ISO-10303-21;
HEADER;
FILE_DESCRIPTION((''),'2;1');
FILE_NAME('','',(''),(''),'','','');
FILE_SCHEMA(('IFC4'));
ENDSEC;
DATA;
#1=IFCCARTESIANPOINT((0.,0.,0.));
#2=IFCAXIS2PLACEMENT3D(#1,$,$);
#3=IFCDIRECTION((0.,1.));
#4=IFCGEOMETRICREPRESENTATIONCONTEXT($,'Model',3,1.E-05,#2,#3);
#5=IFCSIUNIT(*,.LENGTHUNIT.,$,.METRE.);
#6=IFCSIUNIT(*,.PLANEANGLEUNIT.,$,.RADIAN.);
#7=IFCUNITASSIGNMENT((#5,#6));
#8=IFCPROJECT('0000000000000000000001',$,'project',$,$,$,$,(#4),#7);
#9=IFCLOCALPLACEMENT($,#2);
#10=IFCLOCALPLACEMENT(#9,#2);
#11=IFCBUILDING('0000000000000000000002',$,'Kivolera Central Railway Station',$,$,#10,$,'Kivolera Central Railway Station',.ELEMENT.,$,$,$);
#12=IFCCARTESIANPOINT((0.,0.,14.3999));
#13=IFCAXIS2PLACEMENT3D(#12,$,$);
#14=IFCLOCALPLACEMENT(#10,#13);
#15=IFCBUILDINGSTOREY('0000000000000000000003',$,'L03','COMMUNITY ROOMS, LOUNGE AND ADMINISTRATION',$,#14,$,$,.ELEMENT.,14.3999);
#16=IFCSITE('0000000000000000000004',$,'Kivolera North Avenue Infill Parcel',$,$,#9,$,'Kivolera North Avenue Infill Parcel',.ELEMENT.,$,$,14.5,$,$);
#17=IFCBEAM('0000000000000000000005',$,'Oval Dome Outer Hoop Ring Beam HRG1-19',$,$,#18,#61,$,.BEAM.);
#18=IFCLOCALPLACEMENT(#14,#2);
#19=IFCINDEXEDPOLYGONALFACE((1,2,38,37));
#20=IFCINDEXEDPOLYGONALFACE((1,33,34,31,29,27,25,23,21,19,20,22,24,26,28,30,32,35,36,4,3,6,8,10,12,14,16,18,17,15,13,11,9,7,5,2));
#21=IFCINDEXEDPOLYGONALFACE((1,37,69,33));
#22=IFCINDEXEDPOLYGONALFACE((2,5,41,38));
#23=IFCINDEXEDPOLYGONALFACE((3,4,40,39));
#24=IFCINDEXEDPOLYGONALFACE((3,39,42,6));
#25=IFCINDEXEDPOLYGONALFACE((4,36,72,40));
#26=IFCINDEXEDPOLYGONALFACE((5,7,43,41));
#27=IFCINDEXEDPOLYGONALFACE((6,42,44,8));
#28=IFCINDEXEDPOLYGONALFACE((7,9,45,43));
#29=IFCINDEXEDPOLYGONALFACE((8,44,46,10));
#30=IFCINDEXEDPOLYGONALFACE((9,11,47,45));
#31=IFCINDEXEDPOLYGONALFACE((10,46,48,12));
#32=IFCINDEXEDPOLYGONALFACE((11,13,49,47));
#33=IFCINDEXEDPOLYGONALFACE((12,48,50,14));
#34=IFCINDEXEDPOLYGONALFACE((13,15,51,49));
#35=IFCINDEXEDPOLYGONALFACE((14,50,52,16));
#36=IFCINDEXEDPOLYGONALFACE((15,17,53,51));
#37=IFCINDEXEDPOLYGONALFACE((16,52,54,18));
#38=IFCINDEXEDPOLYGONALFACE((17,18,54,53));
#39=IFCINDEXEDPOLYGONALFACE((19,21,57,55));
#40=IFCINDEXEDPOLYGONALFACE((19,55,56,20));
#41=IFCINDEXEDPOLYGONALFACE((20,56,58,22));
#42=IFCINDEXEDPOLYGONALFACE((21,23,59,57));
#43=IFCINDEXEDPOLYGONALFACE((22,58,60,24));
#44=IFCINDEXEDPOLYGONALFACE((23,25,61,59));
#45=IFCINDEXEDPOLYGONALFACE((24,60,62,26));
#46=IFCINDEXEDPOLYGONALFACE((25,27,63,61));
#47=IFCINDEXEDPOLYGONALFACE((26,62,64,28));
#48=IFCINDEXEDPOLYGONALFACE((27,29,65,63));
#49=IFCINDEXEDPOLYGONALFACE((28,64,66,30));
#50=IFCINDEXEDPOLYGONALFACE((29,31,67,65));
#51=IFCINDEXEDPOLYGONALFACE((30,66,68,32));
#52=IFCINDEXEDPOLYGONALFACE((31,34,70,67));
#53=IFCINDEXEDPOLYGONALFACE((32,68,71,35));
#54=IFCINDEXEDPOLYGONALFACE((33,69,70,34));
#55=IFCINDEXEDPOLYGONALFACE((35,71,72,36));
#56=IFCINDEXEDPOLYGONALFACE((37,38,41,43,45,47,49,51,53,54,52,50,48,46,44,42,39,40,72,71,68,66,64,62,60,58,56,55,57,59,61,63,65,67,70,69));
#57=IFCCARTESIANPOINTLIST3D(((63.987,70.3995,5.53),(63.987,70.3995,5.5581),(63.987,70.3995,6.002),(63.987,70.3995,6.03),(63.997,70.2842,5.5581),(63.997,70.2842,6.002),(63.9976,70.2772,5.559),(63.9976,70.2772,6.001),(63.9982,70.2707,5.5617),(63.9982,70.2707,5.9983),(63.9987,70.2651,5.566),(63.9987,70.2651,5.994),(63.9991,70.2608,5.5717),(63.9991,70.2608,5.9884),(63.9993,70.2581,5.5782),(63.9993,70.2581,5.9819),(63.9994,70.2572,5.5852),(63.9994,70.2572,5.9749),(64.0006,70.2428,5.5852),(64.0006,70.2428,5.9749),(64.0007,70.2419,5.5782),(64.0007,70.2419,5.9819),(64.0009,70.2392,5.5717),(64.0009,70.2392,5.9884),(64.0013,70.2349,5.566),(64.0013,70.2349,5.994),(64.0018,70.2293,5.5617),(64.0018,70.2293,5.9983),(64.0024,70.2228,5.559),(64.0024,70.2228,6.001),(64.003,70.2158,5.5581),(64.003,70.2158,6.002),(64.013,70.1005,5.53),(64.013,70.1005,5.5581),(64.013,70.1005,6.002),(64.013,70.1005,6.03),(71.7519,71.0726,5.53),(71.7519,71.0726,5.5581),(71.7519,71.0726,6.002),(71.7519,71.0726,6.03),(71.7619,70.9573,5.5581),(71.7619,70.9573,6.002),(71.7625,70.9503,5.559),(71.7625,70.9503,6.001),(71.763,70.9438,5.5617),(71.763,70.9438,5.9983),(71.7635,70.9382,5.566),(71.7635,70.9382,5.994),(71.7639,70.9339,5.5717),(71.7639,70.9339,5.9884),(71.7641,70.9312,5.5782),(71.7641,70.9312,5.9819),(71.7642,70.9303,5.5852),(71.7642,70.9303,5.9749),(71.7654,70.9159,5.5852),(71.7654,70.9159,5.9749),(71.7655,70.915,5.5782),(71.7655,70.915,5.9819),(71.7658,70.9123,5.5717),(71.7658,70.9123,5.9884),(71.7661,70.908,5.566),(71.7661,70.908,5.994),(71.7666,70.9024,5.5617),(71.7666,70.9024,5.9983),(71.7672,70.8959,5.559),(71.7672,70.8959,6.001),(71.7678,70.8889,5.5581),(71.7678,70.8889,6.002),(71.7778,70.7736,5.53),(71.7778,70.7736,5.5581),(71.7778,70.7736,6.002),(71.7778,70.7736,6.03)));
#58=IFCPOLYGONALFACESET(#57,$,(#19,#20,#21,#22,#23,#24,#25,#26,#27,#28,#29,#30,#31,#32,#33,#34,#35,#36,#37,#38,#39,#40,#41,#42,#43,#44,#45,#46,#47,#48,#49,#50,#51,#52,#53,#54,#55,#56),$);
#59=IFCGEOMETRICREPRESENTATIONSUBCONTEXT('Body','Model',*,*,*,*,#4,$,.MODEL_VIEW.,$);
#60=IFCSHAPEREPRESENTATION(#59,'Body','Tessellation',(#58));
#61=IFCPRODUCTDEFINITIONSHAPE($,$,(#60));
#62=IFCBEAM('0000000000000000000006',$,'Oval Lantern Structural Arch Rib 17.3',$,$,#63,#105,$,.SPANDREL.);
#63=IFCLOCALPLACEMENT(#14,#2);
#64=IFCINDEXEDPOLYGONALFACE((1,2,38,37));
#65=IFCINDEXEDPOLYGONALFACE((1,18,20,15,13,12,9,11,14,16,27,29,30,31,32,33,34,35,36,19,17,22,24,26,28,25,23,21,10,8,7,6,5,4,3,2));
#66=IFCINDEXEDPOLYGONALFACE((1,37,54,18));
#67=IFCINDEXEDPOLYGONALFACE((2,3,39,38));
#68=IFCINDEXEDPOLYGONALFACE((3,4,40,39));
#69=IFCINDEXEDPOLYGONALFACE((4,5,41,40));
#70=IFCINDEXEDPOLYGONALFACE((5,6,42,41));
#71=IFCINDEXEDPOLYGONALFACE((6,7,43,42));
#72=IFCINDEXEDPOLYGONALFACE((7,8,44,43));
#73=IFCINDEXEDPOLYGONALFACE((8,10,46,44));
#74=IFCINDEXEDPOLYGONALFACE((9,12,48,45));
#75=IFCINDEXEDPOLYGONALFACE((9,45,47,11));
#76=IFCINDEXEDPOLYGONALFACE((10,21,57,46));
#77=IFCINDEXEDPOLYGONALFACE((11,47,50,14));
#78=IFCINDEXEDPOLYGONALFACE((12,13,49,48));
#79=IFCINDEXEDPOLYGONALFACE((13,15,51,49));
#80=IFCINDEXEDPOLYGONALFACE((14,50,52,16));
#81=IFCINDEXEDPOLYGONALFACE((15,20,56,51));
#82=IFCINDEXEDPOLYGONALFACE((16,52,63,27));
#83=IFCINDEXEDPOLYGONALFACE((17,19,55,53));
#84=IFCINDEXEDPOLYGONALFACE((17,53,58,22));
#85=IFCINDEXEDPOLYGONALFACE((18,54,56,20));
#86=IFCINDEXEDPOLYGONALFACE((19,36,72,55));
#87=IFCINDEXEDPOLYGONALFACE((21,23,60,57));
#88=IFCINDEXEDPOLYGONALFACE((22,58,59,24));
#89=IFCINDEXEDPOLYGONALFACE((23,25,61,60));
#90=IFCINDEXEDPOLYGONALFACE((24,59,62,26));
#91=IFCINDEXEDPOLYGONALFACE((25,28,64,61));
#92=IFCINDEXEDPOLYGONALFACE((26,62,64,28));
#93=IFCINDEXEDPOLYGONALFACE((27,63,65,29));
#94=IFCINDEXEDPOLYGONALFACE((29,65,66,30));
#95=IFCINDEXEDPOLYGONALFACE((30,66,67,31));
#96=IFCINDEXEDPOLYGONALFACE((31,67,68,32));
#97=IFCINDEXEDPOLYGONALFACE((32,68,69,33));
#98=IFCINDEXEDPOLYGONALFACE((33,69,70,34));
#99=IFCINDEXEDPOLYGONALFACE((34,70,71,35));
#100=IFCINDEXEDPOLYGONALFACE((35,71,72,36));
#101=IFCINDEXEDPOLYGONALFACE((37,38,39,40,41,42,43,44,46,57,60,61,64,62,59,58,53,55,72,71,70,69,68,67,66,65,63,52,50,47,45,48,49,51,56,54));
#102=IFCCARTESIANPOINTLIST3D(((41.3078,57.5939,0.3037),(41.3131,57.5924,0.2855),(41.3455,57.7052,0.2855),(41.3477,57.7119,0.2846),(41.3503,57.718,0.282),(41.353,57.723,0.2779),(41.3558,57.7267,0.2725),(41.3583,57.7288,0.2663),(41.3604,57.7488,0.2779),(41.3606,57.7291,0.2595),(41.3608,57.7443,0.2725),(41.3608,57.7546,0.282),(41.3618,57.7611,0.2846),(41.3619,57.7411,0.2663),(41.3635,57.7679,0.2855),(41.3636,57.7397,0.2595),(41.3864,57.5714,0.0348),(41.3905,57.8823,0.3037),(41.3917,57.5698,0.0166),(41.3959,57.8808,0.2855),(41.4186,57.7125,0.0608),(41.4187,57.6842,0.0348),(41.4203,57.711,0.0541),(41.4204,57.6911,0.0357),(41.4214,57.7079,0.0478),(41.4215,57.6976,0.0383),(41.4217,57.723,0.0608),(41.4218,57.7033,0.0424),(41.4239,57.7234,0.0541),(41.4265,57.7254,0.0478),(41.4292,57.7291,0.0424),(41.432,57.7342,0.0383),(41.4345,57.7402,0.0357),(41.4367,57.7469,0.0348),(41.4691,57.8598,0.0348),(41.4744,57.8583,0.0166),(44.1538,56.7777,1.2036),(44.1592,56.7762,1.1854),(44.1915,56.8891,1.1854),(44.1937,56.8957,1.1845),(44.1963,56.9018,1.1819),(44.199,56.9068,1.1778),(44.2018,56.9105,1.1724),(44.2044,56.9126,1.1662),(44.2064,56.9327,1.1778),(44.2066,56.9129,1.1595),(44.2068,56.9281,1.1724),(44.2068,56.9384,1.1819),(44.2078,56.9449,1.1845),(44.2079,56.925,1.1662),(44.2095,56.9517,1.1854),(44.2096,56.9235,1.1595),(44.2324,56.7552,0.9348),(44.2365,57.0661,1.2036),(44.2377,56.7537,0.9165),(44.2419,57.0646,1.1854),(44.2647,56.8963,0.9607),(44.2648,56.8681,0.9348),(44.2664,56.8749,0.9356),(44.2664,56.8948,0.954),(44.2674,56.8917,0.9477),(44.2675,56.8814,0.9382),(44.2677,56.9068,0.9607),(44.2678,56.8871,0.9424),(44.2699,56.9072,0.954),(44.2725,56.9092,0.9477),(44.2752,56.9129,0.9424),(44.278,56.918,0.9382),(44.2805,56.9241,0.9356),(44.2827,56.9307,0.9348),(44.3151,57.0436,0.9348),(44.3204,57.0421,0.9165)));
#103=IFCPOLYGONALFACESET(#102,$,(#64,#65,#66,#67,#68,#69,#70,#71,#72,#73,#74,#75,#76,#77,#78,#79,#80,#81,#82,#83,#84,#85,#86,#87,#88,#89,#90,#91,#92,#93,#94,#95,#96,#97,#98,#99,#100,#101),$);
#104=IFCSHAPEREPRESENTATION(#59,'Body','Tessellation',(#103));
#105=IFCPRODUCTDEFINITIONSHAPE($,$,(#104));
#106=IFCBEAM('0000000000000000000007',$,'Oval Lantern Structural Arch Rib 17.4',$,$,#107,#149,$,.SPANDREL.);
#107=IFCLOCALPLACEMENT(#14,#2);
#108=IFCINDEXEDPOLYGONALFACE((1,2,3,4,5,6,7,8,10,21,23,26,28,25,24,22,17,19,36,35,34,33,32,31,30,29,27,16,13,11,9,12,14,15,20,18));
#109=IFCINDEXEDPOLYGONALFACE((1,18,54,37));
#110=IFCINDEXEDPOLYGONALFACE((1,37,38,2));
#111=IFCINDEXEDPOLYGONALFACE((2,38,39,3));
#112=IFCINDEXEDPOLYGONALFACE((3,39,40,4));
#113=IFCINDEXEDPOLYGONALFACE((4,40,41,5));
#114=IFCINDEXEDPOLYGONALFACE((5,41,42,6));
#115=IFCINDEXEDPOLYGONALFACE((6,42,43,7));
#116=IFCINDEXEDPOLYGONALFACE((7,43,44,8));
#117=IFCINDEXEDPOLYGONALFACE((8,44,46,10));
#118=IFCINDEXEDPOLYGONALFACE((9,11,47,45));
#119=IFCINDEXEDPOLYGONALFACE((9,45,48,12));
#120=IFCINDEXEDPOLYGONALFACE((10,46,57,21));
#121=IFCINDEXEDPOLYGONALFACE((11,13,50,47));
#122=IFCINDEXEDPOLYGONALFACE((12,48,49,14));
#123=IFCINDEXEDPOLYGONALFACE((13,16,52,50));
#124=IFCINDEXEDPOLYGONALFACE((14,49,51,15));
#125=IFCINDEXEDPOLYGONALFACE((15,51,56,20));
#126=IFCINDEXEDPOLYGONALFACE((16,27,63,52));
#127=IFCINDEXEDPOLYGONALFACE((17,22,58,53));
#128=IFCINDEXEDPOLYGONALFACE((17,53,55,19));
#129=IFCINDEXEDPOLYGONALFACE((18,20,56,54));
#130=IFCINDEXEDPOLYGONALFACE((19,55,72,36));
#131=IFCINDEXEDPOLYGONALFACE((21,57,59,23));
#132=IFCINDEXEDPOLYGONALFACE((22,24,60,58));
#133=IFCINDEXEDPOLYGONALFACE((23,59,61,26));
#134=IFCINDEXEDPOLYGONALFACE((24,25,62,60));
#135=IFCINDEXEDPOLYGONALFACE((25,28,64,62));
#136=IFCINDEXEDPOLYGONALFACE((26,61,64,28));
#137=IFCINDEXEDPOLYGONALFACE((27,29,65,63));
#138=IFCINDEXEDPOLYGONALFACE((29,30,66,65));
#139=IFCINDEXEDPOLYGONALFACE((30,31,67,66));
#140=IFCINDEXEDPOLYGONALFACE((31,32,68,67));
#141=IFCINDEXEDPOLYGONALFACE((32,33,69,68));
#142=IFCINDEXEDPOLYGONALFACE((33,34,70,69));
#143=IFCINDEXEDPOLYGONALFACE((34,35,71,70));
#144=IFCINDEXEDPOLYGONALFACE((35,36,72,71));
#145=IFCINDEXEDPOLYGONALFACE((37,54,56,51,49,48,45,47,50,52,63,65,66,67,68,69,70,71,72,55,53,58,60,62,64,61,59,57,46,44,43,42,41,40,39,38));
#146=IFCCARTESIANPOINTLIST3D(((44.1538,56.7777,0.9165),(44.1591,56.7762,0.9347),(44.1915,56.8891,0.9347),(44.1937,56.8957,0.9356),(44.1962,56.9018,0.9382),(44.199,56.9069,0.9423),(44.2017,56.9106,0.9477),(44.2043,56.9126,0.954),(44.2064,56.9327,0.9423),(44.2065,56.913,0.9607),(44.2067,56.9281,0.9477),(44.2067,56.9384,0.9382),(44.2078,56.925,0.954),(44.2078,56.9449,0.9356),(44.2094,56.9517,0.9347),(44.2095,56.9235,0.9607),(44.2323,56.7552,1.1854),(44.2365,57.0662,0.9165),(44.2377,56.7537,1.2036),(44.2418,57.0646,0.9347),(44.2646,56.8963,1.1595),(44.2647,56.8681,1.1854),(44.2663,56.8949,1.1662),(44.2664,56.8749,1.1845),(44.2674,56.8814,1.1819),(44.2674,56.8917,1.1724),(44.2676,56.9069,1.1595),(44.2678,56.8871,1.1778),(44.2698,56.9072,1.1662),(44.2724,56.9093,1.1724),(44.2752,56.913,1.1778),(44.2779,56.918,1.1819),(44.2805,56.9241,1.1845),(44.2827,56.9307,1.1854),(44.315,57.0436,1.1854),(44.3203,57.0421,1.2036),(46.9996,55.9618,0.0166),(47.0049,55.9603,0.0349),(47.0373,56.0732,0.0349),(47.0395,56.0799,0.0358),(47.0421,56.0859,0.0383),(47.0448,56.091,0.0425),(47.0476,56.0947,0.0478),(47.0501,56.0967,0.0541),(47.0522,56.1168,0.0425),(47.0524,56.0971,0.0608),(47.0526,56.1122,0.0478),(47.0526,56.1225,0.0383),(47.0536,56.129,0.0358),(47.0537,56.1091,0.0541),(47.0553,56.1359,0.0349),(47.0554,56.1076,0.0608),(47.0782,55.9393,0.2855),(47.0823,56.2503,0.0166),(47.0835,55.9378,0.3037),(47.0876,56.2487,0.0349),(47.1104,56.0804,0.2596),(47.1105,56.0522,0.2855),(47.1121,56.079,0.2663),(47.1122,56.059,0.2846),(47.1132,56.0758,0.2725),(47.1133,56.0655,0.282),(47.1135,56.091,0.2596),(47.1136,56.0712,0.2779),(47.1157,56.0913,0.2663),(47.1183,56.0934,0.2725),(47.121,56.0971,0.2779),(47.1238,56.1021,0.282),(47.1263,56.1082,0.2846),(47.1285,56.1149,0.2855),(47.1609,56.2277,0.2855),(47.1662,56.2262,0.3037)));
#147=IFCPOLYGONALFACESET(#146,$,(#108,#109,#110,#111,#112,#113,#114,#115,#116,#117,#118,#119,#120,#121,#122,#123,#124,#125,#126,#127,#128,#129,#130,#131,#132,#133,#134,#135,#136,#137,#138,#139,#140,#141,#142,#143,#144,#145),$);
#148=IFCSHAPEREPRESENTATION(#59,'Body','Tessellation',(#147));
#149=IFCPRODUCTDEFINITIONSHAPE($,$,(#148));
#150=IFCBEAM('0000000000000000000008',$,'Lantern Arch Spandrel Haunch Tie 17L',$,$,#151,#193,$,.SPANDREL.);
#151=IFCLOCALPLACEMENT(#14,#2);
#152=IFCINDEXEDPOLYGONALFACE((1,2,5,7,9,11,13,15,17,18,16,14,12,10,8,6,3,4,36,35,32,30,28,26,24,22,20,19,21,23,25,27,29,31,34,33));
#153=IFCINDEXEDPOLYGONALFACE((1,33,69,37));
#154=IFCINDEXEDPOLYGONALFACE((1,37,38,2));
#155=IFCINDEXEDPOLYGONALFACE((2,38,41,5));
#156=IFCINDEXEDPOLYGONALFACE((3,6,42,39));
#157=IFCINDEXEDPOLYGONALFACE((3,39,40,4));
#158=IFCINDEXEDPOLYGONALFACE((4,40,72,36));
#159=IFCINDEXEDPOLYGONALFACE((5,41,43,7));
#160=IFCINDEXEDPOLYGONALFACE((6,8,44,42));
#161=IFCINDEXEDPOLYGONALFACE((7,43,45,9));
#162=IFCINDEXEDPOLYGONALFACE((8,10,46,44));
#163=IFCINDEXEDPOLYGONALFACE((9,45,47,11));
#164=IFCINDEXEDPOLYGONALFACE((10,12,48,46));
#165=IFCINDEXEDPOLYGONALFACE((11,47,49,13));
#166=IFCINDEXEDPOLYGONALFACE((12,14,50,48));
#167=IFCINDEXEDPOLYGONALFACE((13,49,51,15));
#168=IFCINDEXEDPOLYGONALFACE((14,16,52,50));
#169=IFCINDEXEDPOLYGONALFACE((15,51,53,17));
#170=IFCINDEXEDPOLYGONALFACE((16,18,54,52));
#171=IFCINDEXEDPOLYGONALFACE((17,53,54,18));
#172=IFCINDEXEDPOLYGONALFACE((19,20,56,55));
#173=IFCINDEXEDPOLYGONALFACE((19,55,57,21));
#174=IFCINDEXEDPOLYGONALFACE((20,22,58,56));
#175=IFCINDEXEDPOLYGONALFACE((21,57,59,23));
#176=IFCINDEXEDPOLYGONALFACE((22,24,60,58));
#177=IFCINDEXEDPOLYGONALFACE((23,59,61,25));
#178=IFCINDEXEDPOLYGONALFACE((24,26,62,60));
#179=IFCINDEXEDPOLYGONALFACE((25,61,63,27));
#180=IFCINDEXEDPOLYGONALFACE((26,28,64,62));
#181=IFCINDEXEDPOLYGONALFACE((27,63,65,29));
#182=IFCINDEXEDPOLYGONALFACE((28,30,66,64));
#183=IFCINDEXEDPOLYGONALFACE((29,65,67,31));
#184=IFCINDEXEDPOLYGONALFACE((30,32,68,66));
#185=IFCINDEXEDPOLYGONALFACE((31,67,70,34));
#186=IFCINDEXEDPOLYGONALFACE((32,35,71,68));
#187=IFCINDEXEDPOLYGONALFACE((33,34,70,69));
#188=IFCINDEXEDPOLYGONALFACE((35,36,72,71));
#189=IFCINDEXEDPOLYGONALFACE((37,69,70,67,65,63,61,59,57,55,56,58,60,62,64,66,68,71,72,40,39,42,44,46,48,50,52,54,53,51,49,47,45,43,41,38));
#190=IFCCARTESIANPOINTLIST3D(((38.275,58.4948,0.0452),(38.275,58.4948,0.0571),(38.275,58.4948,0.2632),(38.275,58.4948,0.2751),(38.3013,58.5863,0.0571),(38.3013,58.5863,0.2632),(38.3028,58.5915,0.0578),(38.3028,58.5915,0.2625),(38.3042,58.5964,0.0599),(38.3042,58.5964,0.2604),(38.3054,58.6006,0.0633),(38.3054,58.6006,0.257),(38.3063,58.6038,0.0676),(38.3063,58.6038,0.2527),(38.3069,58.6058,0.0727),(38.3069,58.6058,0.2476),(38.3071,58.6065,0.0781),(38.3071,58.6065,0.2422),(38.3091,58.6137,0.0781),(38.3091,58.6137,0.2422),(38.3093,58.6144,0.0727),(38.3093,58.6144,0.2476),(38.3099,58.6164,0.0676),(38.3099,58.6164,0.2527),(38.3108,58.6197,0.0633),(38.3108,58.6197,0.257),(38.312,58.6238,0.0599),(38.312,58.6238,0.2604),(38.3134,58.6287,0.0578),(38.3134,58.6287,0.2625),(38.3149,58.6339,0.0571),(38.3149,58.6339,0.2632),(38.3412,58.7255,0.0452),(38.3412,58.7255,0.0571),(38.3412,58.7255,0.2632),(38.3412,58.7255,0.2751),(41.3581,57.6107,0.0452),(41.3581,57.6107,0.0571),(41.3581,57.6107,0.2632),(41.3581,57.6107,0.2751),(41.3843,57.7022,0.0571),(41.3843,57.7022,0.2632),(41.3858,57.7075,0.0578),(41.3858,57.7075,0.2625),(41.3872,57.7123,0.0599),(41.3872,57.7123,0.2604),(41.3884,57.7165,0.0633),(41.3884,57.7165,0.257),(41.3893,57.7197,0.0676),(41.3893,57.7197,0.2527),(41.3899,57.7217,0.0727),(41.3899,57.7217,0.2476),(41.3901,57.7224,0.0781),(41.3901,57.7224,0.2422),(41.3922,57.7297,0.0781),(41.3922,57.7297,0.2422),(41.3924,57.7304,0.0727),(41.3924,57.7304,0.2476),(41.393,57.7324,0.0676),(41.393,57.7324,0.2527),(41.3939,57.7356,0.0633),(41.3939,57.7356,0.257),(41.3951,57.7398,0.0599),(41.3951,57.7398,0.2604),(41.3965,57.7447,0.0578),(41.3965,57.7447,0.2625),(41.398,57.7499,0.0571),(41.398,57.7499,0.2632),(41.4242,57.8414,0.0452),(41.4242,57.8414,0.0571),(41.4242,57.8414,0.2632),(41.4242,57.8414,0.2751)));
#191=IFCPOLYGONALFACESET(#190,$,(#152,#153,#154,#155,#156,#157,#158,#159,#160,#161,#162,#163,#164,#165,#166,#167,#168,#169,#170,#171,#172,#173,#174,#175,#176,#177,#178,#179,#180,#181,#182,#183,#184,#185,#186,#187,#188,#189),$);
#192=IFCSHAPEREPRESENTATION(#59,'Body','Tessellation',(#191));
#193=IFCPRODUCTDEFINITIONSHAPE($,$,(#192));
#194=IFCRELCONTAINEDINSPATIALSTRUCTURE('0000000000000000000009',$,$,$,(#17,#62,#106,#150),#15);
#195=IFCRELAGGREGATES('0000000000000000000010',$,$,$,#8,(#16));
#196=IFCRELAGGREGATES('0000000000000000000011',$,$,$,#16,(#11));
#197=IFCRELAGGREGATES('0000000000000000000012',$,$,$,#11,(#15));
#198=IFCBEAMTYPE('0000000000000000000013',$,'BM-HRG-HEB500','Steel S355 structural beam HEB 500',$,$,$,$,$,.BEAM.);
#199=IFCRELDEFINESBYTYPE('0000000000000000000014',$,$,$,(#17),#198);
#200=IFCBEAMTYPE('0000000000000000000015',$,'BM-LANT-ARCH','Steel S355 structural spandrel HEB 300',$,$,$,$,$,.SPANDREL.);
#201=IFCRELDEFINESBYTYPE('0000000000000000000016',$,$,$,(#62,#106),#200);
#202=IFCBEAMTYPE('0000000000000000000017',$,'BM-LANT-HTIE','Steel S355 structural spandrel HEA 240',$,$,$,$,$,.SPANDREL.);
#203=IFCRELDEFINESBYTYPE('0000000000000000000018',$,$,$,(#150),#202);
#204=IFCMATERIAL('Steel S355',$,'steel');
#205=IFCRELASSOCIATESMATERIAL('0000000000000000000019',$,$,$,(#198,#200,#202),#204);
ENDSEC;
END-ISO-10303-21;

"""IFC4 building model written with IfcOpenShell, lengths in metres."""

from ifc_helpers import new_model, si_unit, direction, frame, origin, origin_2d, place, context, subcontext, project, spatial, i_section, extrude, material, material_profile, profile_set, type_object, element, save


model = new_model("IFC4")

# Units and contexts
model_context = context("Model", 3, precision=1e-05, world=origin(), true_north=direction((0.0, 1.0)))
body_context = subcontext(model_context, "Body", "Model", "MODEL_VIEW")
ifc_project = project(units=[si_unit("LENGTHUNIT", "METRE"), si_unit("PLANEANGLEUNIT", "RADIAN")], contexts=[model_context])

# Site, building, storey
site_placement = place(None, origin())
site = spatial("IfcSite", under=ifc_project, at=site_placement, Name="Kivolera North Avenue Infill Parcel", LongName="Kivolera North Avenue Infill Parcel", CompositionType="ELEMENT", RefElevation=14.5)
building_placement = place(site_placement, origin())
building = spatial("IfcBuilding", under=site, at=building_placement, Name="Kivolera Central Railway Station", LongName="Kivolera Central Railway Station", CompositionType="ELEMENT")
storey_placement = place(building_placement, frame((0.0, 0.0, 14.3999)))
storey = spatial("IfcBuildingStorey", under=building, at=storey_placement, Name="L03", Description="COMMUNITY ROOMS, LOUNGE AND ADMINISTRATION", CompositionType="ELEMENT", Elevation=14.3999)

# Beams
ifc_material_1 = material(Name="Steel S355", Category="steel")
ifc_material_profile_1 = material_profile(ifc_material_1, i_section(OverallWidth=0.3, OverallDepth=0.5, WebThickness=0.0144, FlangeThickness=0.0281, FilletRadius=0.0271, at=origin_2d()), Name="HEB 500")
ifc_profile_set_1 = profile_set([ifc_material_profile_1], Name="Steel S355")
beam_type_1 = type_object("IfcBeamType", Name="BM-HRG-HEB500", Description="Steel S355 structural beam HEB 500", PredefinedType="BEAM", material=ifc_profile_set_1)
beam_1_placement = place(storey_placement, frame((64.0, 70.25, 5.78), z_axis=(0.996264, 0.086361, 0.0), x_axis=(-0.086361, 0.996264, 0.0)))
element("IfcBeam", 1, at=beam_1_placement, inside=storey, type_object=beam_type_1, Name="Oval Dome Outer Hoop Ring Beam HRG1-19", PredefinedType="BEAM", context=body_context, shape_type="SweptSolid", body=[
    extrude(i_section(OverallWidth=0.3, OverallDepth=0.5, WebThickness=0.0144, FlangeThickness=0.0281, FilletRadius=0.0271, at=origin_2d()), origin(), (0.0, 0.0, 1.0), 7.7939),
])
ifc_material_profile_2 = material_profile(ifc_material_1, i_section(OverallWidth=0.3, OverallDepth=0.3, WebThickness=0.011, FlangeThickness=0.019, FilletRadius=0.0271, at=origin_2d()), Name="HEB 300")
ifc_profile_set_2 = profile_set([ifc_material_profile_2], Name="Steel S355")
beam_type_2 = type_object("IfcBeamType", Name="BM-LANT-ARCH", Description="Steel S355 structural spandrel HEB 300", PredefinedType="SPANDREL", material=ifc_profile_set_2)
beam_2_placement = place(storey_placement, frame((41.3911, 57.7261, 0.1602), z_axis=(0.919707, -0.263754, 0.290816), x_axis=(0.275669, 0.961253, 0.0)))
element("IfcBeam", 2, at=beam_2_placement, inside=storey, type_object=beam_type_2, Name="Oval Lantern Structural Arch Rib 17.3", PredefinedType="SPANDREL", context=body_context, shape_type="SweptSolid", body=[
    extrude(i_section(OverallWidth=0.3, OverallDepth=0.3, WebThickness=0.011, FlangeThickness=0.019, FilletRadius=0.0271, at=origin_2d()), origin(), (0.0, 0.0, 1.0), 3.0945),
])
beam_3_placement = place(storey_placement, frame((44.2371, 56.9099, 1.0601), z_axis=(0.919726, -0.26368, -0.290822), x_axis=(0.275592, 0.961275, 0.0)))
element("IfcBeam", 3, at=beam_3_placement, inside=storey, type_object=beam_type_2, Name="Oval Lantern Structural Arch Rib 17.4", PredefinedType="SPANDREL", context=body_context, shape_type="SweptSolid", body=[
    extrude(i_section(OverallWidth=0.3, OverallDepth=0.3, WebThickness=0.011, FlangeThickness=0.019, FilletRadius=0.0271, at=origin_2d()), origin(), (0.0, 0.0, 1.0), 3.0942),
])
ifc_material_profile_3 = material_profile(ifc_material_1, i_section(OverallWidth=0.24, OverallDepth=0.23, WebThickness=0.0076, FlangeThickness=0.012, FilletRadius=0.021, at=origin_2d()), Name="HEA 240")
ifc_profile_set_3 = profile_set([ifc_material_profile_3], Name="Steel S355")
beam_type_3 = type_object("IfcBeamType", Name="BM-LANT-HTIE", Description="Steel S355 structural spandrel HEA 240", PredefinedType="SPANDREL", material=ifc_profile_set_3)
beam_4_placement = place(storey_placement, frame((38.3081, 58.6101, 0.1602), z_axis=(0.961262, -0.275636, 0.0), x_axis=(0.275636, 0.961262, 0.0)))
element("IfcBeam", 4, at=beam_4_placement, inside=storey, type_object=beam_type_3, Name="Lantern Arch Spandrel Haunch Tie 17L", PredefinedType="SPANDREL", context=body_context, shape_type="SweptSolid", body=[
    extrude(i_section(OverallWidth=0.24, OverallDepth=0.23, WebThickness=0.0076, FlangeThickness=0.012, FilletRadius=0.021, at=origin_2d()), origin(), (0.0, 0.0, 1.0), 3.2073),
])

save(model, "model.ifc")
